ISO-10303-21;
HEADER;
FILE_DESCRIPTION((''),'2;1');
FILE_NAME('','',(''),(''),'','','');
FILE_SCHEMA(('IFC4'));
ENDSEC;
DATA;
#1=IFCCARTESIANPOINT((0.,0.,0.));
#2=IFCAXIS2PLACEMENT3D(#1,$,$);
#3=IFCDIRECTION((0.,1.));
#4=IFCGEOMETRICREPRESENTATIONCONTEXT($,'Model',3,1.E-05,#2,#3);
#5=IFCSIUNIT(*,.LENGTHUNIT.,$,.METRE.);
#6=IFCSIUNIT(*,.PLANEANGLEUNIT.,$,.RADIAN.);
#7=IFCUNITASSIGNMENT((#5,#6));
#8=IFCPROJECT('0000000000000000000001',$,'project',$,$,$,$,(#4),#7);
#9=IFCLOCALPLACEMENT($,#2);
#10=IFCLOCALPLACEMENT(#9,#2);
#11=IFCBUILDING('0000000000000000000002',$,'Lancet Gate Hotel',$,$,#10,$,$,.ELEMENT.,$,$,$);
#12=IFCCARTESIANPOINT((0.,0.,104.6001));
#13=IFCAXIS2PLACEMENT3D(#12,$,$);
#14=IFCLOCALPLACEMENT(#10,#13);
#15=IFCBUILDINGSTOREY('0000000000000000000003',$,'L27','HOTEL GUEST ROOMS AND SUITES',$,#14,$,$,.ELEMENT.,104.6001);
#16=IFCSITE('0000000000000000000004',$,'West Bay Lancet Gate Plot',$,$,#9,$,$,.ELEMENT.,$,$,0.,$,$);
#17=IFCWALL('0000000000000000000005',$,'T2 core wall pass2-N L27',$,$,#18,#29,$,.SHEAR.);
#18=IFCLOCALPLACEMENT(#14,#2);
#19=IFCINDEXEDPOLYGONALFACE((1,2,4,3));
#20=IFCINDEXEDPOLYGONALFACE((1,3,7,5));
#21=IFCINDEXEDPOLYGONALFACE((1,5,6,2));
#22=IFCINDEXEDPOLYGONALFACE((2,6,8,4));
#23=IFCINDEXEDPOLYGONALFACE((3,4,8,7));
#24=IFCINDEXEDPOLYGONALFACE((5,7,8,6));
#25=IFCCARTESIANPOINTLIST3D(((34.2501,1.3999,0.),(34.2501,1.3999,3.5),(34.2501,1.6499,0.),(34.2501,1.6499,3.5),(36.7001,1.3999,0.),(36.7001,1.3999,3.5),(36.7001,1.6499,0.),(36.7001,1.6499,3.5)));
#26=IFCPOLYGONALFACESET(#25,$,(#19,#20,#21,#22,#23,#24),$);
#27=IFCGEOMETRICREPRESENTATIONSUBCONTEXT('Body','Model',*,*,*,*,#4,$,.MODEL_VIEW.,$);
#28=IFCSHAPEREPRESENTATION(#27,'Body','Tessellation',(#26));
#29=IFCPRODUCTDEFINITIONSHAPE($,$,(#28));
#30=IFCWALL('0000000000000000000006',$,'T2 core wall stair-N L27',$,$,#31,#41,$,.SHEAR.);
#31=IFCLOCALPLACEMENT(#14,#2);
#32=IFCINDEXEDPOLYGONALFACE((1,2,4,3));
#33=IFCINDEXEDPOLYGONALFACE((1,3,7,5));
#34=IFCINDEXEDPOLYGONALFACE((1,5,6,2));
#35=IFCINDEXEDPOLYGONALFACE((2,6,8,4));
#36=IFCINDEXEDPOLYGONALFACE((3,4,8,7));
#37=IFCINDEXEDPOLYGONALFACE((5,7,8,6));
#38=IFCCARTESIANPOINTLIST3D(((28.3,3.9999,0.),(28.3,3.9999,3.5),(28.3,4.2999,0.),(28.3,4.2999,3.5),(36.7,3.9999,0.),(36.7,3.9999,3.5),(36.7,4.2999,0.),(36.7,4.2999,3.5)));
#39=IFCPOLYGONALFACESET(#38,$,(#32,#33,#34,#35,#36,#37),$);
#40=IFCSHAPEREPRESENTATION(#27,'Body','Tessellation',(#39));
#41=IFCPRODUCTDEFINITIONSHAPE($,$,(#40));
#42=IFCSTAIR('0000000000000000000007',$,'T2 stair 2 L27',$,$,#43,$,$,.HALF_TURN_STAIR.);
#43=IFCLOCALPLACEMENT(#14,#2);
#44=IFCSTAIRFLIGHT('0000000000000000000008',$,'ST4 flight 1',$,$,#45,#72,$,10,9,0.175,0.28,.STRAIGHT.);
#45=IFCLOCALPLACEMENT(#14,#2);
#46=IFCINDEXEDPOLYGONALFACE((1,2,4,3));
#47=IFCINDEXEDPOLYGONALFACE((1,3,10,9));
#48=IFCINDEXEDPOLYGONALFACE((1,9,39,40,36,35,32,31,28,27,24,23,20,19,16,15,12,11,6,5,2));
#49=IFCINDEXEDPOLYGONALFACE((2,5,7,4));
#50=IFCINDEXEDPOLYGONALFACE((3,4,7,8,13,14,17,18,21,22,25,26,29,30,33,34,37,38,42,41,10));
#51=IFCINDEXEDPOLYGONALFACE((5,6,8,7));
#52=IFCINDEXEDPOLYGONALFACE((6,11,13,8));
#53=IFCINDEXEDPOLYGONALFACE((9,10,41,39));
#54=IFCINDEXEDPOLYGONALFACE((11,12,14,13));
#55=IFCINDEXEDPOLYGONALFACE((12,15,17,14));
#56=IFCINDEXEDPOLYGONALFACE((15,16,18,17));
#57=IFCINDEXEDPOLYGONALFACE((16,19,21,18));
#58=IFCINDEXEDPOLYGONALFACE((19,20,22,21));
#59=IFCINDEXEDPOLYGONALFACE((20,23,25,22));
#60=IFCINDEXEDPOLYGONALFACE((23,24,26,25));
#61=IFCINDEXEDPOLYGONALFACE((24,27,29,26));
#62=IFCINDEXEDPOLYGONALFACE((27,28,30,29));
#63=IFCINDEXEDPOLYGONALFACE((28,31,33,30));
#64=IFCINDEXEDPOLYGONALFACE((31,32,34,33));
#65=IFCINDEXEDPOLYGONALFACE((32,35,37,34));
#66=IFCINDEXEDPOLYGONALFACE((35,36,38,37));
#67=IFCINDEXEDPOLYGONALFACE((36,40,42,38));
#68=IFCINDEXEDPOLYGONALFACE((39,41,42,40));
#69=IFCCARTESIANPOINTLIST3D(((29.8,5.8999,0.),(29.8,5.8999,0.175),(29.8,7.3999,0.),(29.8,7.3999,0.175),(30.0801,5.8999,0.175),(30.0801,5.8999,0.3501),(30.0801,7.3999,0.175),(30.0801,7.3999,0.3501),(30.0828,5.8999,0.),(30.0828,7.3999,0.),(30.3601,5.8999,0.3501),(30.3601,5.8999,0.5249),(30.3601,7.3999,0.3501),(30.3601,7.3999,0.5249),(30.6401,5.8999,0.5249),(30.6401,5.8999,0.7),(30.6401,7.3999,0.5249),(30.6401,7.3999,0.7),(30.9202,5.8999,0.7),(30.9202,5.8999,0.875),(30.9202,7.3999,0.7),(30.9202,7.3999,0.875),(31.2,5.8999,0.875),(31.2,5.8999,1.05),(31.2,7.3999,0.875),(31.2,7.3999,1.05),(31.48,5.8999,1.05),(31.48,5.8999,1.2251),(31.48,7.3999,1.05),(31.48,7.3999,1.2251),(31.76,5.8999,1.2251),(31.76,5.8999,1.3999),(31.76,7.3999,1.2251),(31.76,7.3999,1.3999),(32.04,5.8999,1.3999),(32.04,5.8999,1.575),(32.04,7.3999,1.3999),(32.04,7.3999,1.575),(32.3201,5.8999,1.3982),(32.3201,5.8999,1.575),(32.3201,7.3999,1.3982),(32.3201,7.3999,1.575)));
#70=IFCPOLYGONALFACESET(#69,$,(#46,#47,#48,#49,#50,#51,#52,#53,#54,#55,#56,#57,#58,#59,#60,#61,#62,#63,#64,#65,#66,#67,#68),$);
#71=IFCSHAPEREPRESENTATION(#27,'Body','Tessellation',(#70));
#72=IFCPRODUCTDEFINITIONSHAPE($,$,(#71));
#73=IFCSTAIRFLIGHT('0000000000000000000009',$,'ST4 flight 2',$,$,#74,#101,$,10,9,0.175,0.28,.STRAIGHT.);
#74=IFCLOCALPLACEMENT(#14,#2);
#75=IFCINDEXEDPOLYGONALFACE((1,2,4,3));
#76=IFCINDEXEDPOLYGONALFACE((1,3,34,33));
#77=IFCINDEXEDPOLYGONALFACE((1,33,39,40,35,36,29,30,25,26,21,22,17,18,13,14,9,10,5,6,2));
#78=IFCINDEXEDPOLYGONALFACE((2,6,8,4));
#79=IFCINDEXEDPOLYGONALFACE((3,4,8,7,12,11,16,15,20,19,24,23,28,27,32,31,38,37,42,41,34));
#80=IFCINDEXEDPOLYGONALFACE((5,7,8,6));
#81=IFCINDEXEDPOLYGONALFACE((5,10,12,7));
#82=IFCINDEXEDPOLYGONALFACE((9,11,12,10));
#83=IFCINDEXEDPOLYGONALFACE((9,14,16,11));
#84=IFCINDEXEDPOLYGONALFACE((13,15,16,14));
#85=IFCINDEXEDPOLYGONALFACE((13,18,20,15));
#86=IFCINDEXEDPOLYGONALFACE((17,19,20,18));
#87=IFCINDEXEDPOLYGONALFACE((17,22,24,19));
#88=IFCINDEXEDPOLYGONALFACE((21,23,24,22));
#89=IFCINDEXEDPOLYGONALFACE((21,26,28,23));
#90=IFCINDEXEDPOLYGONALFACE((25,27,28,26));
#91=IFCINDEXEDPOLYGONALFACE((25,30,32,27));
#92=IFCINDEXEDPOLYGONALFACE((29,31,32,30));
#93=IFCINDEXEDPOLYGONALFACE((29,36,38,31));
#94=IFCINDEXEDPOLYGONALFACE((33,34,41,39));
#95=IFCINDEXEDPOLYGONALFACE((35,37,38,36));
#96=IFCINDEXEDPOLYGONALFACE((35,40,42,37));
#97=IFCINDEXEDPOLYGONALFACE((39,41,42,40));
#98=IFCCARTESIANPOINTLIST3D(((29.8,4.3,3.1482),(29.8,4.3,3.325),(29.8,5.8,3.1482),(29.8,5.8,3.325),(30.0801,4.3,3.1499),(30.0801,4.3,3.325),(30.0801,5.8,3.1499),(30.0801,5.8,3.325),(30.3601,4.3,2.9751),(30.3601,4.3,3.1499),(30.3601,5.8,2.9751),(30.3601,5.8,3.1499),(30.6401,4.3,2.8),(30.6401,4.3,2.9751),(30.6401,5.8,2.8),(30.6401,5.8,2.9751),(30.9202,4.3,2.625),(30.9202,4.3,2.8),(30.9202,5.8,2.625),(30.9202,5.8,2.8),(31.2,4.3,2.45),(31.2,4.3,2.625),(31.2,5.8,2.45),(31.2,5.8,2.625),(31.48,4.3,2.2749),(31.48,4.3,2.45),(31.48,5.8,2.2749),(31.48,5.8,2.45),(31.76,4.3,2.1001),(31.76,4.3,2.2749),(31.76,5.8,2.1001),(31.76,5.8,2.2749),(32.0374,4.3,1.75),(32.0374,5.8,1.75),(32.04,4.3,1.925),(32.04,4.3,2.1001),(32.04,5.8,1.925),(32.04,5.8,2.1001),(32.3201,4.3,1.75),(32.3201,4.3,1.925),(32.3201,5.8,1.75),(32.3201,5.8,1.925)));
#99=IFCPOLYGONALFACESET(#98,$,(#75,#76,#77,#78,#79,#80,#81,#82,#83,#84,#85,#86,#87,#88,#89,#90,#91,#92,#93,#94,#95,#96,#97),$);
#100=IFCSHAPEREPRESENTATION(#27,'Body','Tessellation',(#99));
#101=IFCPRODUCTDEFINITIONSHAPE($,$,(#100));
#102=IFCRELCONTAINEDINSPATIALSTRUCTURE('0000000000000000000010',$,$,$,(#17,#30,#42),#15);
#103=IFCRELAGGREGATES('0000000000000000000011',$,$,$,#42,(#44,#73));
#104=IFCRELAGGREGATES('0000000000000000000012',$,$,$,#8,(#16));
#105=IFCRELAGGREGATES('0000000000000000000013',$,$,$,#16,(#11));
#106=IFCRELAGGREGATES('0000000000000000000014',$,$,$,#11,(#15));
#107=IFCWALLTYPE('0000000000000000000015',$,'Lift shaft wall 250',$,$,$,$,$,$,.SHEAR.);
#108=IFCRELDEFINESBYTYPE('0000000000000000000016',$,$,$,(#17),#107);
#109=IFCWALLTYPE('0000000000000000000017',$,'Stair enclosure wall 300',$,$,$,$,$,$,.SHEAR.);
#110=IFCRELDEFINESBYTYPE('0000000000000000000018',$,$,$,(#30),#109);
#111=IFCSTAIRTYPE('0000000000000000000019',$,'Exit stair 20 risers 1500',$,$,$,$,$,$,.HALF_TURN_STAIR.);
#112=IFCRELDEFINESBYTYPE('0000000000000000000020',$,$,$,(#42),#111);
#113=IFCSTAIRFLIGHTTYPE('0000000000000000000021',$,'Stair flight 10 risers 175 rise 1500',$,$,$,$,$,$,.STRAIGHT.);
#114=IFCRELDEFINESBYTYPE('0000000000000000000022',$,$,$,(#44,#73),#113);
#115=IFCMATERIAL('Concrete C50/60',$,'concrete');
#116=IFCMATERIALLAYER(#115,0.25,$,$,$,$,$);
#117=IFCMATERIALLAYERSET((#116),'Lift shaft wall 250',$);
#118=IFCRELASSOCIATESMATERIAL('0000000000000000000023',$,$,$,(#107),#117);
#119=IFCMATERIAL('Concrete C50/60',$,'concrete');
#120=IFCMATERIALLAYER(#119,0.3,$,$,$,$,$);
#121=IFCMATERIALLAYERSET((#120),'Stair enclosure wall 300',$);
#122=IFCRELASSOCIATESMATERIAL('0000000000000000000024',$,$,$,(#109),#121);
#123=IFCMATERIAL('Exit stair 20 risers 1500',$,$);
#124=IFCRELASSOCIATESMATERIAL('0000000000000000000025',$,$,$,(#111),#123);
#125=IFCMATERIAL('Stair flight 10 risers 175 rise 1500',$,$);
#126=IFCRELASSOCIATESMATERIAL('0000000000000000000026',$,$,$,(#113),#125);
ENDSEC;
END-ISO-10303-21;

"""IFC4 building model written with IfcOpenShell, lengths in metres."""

from ifc_helpers import new_model, si_unit, direction, frame, frame_2d, origin, place, context, subcontext, project, spatial, polyline, rectangle, outline, extrude, material, layer, layer_set, type_object, element, aggregate, save


model = new_model("IFC4")

# Units and contexts
model_context = context("Model", 3, precision=1e-05, world=origin(), true_north=direction((0.0, 1.0)))
body_context = subcontext(model_context, "Body", "Model", "MODEL_VIEW")
ifc_project = project(units=[si_unit("LENGTHUNIT", "METRE"), si_unit("PLANEANGLEUNIT", "RADIAN")], contexts=[model_context])

# Site, building, storey
site_placement = place(None, origin())
site = spatial("IfcSite", under=ifc_project, at=site_placement, Name="West Bay Lancet Gate Plot", CompositionType="ELEMENT", RefElevation=0.0)
building_placement = place(site_placement, origin())
building = spatial("IfcBuilding", under=site, at=building_placement, Name="Lancet Gate Hotel", CompositionType="ELEMENT")
storey_placement = place(building_placement, frame((0.0, 0.0, 104.6001)))
storey = spatial("IfcBuildingStorey", under=building, at=storey_placement, Name="L27", Description="HOTEL GUEST ROOMS AND SUITES", CompositionType="ELEMENT", Elevation=104.6001)

# Shared definitions
ifc_material_1 = material(Name="Concrete C50/60", Category="concrete")
ifc_layer_1 = layer(ifc_material_1, 0.25)
ifc_layer_set_1 = layer_set([ifc_layer_1], Name="Lift shaft wall 250")
wall_type_1 = type_object("IfcWallType", Name="Lift shaft wall 250", PredefinedType="SHEAR", material=ifc_layer_set_1)

# Walls
wall_1_placement = place(storey_placement, frame((34.25, 1.5249, 0.0), z_axis=(0.0, 0.0, 1.0), x_axis=(1.0, 0.0, 0.0)))
element("IfcWall", 1, at=wall_1_placement, inside=storey, type_object=wall_type_1, Name="T2 core wall pass2-N L27", PredefinedType="SHEAR", context=body_context, shape_type="SweptSolid", body=[
    extrude(rectangle(XDim=2.45, YDim=0.25, at=frame_2d((1.2251, 0.0))), origin(), (0.0, 0.0, 1.0), 3.5),
])
ifc_material_2 = material(Name="Concrete C50/60", Category="concrete")
ifc_layer_2 = layer(ifc_material_2, 0.3)
ifc_layer_set_2 = layer_set([ifc_layer_2], Name="Stair enclosure wall 300")
wall_type_2 = type_object("IfcWallType", Name="Stair enclosure wall 300", PredefinedType="SHEAR", material=ifc_layer_set_2)
wall_2_placement = place(storey_placement, frame((28.3, 4.1499, 0.0), z_axis=(0.0, 0.0, 1.0), x_axis=(1.0, 0.0, 0.0)))
element("IfcWall", 2, at=wall_2_placement, inside=storey, type_object=wall_type_2, Name="T2 core wall stair-N L27", PredefinedType="SHEAR", context=body_context, shape_type="SweptSolid", body=[
    extrude(rectangle(XDim=8.3999, YDim=0.3, at=frame_2d((4.2, 0.0))), origin(), (0.0, 0.0, 1.0), 3.5),
])

# Stair, stair flights
ifc_material_3 = material(Name="Exit stair 20 risers 1500")
stair_type = type_object("IfcStairType", Name="Exit stair 20 risers 1500", PredefinedType="HALF_TURN_STAIR", material=ifc_material_3)
stair_placement = place(storey_placement, origin())
stair = element("IfcStair", 3, at=stair_placement, inside=storey, type_object=stair_type, Name="T2 stair 2 L27", PredefinedType="HALF_TURN_STAIR")
ifc_material_4 = material(Name="Stair flight 10 risers 175 rise 1500")
stair_flight_type = type_object("IfcStairFlightType", Name="Stair flight 10 risers 175 rise 1500", PredefinedType="STRAIGHT", material=ifc_material_4)
stair_flight_1_placement = place(storey_placement, frame((29.8, 6.6499, 0.0), z_axis=(0.0, 0.0, 1.0), x_axis=(1.0, 0.0, 0.0)))
stair_flight_1 = element("IfcStairFlight", 4, at=stair_flight_1_placement, type_object=stair_flight_type, Name="ST4 flight 1", NumberOfRisers=10, NumberOfTreads=9, PredefinedType="STRAIGHT", RiserHeight=0.175, TreadLength=0.28, context=body_context, shape_type="SweptSolid", body=[
    extrude(outline(polyline([(0.0, 0.0), (0.0, 0.175), (0.28, 0.175), (0.28, 0.3501), (0.5601, 0.3501), (0.5601, 0.5249), (0.8401, 0.5249), (0.8401, 0.7), (1.1201, 0.7), (1.1201, 0.875), (1.3999, 0.875), (1.3999, 1.05), (1.6799, 1.05), (1.6799, 1.2251), (1.96, 1.2251), (1.96, 1.3999), (2.24, 1.3999), (2.24, 1.575), (2.52, 1.575), (2.52, 1.75), (2.52, 1.3982), (0.2827, 0.0), (0.0, 0.0)])), frame((0.0, 0.75, 0.0), z_axis=(0.0, -1.0, 0.0), x_axis=(1.0, 0.0, 0.0)), (0.0, 0.0, 1.0), 1.5),
])
stair_flight_2_placement = place(storey_placement, frame((32.3201, 5.05, 1.75), z_axis=(0.0, 0.0, 1.0), x_axis=(-1.0, 0.0, 0.0)))
stair_flight_2 = element("IfcStairFlight", 5, at=stair_flight_2_placement, type_object=stair_flight_type, Name="ST4 flight 2", NumberOfRisers=10, NumberOfTreads=9, PredefinedType="STRAIGHT", RiserHeight=0.175, TreadLength=0.28, context=body_context, shape_type="SweptSolid", body=[
    extrude(outline(polyline([(0.0, 0.0), (0.0, 0.175), (0.28, 0.175), (0.28, 0.3501), (0.5601, 0.3501), (0.5601, 0.5249), (0.8401, 0.5249), (0.8401, 0.7), (1.1201, 0.7), (1.1201, 0.875), (1.3999, 0.875), (1.3999, 1.05), (1.6799, 1.05), (1.6799, 1.2251), (1.96, 1.2251), (1.96, 1.3999), (2.24, 1.3999), (2.24, 1.575), (2.52, 1.575), (2.52, 1.75), (2.52, 1.3982), (0.2827, 0.0), (0.0, 0.0)])), frame((0.0, 0.75, 0.0), z_axis=(0.0, -1.0, 0.0), x_axis=(1.0, 0.0, 0.0)), (0.0, 0.0, 1.0), 1.5),
])
aggregate(stair, [stair_flight_1, stair_flight_2])

save(model, "model.ifc")
